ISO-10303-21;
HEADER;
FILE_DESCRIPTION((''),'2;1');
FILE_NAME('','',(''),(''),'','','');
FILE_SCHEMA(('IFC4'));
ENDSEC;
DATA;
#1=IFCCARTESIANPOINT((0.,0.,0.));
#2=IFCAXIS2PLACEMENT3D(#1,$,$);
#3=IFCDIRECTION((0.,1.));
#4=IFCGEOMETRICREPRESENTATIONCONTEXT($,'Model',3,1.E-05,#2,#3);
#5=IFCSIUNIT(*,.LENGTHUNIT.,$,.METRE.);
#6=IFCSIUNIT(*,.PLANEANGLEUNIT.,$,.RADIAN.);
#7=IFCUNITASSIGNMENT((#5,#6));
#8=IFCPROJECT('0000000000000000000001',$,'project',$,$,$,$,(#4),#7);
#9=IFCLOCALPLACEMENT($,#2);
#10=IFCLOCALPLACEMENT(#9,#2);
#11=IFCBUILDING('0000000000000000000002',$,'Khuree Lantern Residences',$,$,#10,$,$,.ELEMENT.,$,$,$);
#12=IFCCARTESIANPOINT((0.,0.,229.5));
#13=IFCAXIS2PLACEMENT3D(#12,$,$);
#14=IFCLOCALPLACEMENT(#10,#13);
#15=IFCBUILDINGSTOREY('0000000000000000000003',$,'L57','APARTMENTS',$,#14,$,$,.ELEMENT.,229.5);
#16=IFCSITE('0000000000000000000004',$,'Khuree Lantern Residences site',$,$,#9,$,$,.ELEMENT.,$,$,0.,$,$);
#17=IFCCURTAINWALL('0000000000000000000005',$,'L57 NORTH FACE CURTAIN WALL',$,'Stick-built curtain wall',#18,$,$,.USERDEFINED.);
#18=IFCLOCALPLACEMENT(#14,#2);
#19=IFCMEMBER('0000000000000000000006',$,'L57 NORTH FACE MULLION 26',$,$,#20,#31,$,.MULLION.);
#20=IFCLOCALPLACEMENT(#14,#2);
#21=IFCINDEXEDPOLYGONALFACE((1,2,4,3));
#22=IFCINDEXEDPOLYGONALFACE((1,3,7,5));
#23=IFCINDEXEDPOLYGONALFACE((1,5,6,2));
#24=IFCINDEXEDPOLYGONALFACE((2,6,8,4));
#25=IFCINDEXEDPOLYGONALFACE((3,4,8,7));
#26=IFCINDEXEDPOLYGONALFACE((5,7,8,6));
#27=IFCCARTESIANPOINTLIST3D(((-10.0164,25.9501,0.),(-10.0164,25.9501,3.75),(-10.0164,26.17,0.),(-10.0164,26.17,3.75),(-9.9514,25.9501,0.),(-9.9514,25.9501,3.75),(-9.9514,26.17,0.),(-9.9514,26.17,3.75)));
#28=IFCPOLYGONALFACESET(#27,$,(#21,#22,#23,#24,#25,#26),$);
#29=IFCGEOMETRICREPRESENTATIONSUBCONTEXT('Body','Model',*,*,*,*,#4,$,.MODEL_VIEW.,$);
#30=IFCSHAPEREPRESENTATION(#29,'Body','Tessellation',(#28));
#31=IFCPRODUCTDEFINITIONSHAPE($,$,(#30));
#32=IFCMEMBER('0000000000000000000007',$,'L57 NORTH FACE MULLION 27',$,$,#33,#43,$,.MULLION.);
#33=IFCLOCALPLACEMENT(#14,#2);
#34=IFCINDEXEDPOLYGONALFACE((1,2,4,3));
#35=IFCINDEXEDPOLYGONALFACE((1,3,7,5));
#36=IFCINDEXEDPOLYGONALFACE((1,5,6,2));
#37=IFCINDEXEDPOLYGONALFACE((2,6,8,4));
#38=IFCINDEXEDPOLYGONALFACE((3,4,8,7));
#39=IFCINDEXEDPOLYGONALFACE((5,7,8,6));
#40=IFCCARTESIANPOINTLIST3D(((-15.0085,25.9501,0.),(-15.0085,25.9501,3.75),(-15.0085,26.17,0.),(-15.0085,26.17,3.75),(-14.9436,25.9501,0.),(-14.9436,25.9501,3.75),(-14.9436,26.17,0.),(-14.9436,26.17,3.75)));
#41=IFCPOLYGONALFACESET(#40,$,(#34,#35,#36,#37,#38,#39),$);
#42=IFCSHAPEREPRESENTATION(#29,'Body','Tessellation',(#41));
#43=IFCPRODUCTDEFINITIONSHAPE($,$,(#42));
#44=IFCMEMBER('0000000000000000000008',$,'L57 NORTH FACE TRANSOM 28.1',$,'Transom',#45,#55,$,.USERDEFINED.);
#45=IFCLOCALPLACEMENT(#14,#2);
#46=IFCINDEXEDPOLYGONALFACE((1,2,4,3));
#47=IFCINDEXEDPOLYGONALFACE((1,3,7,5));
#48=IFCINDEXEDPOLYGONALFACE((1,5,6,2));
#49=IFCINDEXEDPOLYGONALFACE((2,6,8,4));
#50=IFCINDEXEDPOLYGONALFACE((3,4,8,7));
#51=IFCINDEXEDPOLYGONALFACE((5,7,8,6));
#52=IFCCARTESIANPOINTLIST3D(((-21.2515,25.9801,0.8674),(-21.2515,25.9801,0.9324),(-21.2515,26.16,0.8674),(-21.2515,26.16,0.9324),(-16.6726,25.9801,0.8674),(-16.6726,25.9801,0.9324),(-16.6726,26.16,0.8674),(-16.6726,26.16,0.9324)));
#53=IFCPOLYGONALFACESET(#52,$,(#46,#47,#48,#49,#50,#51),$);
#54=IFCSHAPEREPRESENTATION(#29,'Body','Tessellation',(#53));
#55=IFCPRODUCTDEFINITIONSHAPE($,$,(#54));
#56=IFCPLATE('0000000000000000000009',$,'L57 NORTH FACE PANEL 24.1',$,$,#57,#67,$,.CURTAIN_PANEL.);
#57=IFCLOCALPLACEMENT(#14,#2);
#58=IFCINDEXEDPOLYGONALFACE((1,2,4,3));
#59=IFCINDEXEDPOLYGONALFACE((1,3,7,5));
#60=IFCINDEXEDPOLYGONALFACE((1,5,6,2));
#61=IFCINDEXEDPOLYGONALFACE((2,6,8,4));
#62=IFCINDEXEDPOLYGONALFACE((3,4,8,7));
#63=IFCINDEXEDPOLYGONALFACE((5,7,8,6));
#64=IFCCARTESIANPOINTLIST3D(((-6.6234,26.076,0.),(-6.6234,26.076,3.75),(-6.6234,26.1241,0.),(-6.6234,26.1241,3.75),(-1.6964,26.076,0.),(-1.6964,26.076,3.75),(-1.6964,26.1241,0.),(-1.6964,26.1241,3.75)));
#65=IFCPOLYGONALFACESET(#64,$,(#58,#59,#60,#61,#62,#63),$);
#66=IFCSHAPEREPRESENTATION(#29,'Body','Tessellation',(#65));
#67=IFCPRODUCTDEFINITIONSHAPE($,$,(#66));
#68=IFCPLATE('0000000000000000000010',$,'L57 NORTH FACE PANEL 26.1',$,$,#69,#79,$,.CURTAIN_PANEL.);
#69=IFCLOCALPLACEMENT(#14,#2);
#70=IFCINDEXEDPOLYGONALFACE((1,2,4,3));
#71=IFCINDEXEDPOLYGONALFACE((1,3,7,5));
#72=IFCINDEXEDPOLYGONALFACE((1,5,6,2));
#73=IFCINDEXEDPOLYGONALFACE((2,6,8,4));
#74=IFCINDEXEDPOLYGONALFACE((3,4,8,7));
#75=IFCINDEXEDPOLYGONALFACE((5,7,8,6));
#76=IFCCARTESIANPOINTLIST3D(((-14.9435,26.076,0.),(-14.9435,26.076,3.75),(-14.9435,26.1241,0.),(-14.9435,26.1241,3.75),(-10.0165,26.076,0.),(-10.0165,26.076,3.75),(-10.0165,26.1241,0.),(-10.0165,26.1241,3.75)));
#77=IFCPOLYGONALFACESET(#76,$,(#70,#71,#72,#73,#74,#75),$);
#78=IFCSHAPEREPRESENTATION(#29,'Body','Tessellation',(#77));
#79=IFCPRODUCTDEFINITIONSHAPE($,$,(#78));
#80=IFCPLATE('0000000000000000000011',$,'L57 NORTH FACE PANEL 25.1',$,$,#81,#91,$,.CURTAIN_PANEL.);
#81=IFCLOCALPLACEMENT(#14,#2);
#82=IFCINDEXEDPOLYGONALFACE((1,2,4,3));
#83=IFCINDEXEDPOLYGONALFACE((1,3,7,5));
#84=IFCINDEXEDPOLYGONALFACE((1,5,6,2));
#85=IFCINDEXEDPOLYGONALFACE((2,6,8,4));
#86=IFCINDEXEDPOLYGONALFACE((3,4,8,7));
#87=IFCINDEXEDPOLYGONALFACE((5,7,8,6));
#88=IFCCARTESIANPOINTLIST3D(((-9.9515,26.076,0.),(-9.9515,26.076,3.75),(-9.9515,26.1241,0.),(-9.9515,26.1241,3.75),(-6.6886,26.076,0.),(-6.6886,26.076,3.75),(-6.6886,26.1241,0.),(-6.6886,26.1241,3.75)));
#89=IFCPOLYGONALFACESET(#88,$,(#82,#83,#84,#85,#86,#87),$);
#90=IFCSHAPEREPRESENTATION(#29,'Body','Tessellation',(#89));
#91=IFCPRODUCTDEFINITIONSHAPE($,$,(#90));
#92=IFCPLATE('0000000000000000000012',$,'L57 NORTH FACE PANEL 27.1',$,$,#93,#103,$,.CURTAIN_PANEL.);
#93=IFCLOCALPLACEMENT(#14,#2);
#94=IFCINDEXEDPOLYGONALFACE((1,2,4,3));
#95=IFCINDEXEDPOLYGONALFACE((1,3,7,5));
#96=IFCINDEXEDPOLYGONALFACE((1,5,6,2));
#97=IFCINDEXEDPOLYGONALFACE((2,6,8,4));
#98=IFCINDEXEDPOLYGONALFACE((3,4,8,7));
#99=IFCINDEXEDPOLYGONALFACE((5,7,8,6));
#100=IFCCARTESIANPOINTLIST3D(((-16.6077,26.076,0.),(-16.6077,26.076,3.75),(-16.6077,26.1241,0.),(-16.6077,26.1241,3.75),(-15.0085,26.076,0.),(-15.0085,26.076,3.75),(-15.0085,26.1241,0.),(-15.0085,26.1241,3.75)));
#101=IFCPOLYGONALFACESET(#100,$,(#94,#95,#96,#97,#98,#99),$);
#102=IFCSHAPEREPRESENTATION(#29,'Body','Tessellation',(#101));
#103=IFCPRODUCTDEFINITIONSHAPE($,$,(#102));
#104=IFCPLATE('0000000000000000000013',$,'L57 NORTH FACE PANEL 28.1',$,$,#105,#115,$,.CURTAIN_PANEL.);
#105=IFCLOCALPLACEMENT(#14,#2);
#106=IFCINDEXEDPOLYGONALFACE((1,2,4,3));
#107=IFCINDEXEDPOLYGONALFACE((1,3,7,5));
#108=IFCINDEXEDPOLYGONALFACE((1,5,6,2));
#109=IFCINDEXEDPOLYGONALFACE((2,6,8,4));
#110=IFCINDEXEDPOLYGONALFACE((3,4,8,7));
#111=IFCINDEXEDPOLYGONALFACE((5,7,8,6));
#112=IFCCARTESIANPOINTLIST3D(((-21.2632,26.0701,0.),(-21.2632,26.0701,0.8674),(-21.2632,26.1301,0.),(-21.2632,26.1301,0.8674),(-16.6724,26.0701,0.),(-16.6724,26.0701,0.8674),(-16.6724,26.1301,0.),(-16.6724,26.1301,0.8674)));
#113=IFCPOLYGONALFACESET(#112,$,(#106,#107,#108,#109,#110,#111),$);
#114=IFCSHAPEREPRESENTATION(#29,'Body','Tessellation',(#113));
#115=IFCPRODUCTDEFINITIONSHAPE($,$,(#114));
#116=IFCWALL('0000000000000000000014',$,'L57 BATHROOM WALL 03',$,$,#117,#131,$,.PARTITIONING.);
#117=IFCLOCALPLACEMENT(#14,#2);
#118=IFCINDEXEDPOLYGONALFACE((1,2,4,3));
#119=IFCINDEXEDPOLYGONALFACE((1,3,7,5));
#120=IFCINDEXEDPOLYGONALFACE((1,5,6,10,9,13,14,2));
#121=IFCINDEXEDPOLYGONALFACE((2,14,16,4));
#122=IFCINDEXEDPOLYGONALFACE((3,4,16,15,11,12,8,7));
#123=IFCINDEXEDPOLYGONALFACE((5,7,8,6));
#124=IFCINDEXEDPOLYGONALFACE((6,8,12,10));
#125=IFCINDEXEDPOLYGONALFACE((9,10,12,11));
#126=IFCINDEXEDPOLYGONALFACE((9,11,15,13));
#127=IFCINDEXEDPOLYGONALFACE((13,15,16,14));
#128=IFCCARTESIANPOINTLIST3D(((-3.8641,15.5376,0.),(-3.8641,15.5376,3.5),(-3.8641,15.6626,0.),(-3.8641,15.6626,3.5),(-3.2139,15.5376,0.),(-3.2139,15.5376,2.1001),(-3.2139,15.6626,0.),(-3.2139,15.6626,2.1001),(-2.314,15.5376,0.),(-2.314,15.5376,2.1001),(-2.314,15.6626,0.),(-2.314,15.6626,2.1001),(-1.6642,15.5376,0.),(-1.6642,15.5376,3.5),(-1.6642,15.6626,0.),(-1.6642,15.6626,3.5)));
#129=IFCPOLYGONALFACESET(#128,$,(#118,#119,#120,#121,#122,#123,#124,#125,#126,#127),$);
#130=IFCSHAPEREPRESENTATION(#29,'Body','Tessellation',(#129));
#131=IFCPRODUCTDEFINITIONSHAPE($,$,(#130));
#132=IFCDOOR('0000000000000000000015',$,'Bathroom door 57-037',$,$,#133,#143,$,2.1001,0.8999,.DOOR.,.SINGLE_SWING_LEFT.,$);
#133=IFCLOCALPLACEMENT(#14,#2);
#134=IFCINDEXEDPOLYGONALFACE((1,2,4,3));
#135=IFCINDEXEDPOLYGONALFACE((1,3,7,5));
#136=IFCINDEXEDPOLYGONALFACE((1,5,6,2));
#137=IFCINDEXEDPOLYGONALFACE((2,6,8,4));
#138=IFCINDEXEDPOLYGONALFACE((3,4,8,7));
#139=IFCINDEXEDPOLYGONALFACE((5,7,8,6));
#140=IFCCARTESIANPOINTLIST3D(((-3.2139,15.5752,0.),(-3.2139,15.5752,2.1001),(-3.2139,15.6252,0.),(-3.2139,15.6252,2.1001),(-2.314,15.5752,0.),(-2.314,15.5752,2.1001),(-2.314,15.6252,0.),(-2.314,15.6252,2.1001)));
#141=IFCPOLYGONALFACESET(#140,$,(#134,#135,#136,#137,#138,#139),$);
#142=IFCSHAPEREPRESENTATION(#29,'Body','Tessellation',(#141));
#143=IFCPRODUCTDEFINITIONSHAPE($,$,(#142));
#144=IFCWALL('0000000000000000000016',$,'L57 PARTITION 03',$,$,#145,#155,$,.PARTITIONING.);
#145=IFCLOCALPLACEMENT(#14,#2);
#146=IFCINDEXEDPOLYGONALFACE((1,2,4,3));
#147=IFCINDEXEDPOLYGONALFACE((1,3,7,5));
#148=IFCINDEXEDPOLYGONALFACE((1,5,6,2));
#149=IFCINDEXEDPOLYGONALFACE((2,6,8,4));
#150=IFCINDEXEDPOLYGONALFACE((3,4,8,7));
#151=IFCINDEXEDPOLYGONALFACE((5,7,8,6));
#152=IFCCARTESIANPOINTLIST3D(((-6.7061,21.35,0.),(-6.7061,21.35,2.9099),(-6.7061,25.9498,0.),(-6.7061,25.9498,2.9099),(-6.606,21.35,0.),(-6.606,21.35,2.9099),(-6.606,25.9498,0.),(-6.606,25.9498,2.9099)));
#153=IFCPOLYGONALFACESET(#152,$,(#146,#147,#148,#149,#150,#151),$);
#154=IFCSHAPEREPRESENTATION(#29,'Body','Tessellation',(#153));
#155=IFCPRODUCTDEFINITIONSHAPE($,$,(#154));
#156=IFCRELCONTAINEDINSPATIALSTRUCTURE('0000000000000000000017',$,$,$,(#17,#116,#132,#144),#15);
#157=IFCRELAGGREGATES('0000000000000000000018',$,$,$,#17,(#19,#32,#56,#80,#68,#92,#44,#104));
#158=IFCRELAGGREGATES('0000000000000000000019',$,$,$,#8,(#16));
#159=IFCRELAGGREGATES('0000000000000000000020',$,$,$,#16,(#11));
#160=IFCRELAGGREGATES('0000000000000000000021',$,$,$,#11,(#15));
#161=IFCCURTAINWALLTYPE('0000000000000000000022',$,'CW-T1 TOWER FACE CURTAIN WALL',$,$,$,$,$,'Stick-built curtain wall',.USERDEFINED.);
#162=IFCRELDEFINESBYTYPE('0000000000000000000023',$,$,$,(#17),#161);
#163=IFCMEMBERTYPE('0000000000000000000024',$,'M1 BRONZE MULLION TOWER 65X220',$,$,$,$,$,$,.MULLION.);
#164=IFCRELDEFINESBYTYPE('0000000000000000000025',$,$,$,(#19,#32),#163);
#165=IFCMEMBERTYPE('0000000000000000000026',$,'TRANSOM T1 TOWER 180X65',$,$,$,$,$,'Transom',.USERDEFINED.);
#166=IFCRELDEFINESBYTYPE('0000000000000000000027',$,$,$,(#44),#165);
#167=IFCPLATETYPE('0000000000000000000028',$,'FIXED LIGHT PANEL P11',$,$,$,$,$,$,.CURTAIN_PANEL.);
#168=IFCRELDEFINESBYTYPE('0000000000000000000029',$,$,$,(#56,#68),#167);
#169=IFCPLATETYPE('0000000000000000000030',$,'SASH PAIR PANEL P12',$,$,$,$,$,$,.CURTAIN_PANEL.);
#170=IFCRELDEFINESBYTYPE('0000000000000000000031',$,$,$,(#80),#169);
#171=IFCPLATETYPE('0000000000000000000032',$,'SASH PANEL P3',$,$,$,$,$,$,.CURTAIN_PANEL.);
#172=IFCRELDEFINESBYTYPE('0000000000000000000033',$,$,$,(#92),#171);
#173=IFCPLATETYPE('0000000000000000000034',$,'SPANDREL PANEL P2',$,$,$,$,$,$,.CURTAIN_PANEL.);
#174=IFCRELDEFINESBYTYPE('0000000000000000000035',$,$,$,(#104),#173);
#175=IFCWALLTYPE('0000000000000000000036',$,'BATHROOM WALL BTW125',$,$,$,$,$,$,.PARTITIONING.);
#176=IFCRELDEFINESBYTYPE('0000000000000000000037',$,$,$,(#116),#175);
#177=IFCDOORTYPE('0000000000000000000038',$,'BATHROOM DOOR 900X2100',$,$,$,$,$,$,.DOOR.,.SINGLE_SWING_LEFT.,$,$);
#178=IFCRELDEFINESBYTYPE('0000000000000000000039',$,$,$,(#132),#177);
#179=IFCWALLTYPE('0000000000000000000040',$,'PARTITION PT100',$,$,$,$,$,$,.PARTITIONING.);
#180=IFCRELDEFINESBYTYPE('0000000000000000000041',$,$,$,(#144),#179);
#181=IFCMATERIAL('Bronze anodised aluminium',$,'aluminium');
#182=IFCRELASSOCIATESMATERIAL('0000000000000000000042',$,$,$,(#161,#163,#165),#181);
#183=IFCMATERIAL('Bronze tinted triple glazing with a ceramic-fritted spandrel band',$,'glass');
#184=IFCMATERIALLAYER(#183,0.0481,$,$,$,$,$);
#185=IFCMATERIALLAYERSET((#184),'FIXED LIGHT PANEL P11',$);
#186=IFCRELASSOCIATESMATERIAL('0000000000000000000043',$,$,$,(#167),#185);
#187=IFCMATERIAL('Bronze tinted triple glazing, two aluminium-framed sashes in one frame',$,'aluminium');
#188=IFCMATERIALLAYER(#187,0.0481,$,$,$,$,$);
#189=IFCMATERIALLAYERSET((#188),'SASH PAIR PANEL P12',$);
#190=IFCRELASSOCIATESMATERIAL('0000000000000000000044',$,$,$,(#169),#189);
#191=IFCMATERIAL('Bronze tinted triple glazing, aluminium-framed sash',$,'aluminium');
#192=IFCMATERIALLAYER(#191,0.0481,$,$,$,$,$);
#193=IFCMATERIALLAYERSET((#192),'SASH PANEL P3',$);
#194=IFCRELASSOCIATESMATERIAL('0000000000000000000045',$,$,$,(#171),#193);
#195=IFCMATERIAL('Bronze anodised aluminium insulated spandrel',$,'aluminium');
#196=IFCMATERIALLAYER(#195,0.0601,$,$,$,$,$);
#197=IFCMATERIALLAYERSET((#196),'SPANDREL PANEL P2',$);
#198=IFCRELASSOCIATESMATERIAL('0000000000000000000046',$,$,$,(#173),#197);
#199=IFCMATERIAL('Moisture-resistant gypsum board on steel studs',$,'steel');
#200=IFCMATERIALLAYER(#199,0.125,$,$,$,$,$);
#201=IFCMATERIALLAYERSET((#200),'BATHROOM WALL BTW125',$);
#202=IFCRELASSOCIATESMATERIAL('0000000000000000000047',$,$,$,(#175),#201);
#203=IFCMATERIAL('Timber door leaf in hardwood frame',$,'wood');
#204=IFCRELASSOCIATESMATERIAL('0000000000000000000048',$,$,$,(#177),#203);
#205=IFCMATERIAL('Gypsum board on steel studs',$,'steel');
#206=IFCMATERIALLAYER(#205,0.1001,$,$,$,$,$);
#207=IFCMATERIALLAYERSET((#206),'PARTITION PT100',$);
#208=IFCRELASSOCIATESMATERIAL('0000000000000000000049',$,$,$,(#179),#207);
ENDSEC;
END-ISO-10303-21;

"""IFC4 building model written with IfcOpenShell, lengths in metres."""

from ifc_helpers import new_model, si_unit, direction, frame, frame_2d, origin, origin_2d, place, context, subcontext, project, spatial, rectangle, extrude, material, layer, layer_set, material_profile, profile_set, type_object, element, fill, aggregate, save


model = new_model("IFC4")

# Units and contexts
model_context = context("Model", 3, precision=1e-05, world=origin(), true_north=direction((0.0, 1.0)))
body_context = subcontext(model_context, "Body", "Model", "MODEL_VIEW")
ifc_project = project(units=[si_unit("LENGTHUNIT", "METRE"), si_unit("PLANEANGLEUNIT", "RADIAN")], contexts=[model_context])

# Site, building, storey
site_placement = place(None, origin())
site = spatial("IfcSite", under=ifc_project, at=site_placement, Name="Khuree Lantern Residences site", CompositionType="ELEMENT", RefElevation=0.0)
building_placement = place(site_placement, origin())
building = spatial("IfcBuilding", under=site, at=building_placement, Name="Khuree Lantern Residences", CompositionType="ELEMENT")
storey_placement = place(building_placement, frame((0.0, 0.0, 229.5)))
storey = spatial("IfcBuildingStorey", under=building, at=storey_placement, Name="L57", Description="APARTMENTS", CompositionType="ELEMENT", Elevation=229.5)

# Curtain wall
ifc_material_1 = material(Name="Bronze anodised aluminium", Category="aluminium")
curtain_wall_type = type_object("IfcCurtainWallType", Name="CW-T1 TOWER FACE CURTAIN WALL", ElementType="Stick-built curtain wall", PredefinedType="USERDEFINED", material=ifc_material_1)
curtain_wall_placement = place(storey_placement, origin())
curtain_wall = element("IfcCurtainWall", 1, at=curtain_wall_placement, inside=storey, type_object=curtain_wall_type, Name="L57 NORTH FACE CURTAIN WALL", ObjectType="Stick-built curtain wall", PredefinedType="USERDEFINED")

# Members
ifc_material_profile_1 = material_profile(ifc_material_1, rectangle(XDim=0.0649, YDim=0.22, at=origin_2d()), Name="M1 65X220")
ifc_profile_set_1 = profile_set([ifc_material_profile_1], Name="Bronze anodised aluminium")
member_type_1 = type_object("IfcMemberType", Name="M1 BRONZE MULLION TOWER 65X220", PredefinedType="MULLION", material=ifc_profile_set_1)
member_1_placement = place(storey_placement, frame((-9.9839, 26.0601, 0.0), z_axis=(0.0, 0.0, 1.0), x_axis=(-1.0, 0.0, 0.0)))
member_1 = element("IfcMember", 2, at=member_1_placement, type_object=member_type_1, Name="L57 NORTH FACE MULLION 26", PredefinedType="MULLION", context=body_context, shape_type="SweptSolid", body=[
    extrude(rectangle(XDim=0.0649, YDim=0.22, at=origin_2d()), origin(), (0.0, 0.0, 1.0), 3.75),
])
member_2_placement = place(storey_placement, frame((-14.9761, 26.0601, 0.0), z_axis=(0.0, 0.0, 1.0), x_axis=(-1.0, 0.0, 0.0)))
member_2 = element("IfcMember", 3, at=member_2_placement, type_object=member_type_1, Name="L57 NORTH FACE MULLION 27", PredefinedType="MULLION", context=body_context, shape_type="SweptSolid", body=[
    extrude(rectangle(XDim=0.0649, YDim=0.22, at=origin_2d()), origin(), (0.0, 0.0, 1.0), 3.75),
])
ifc_material_profile_2 = material_profile(ifc_material_1, rectangle(XDim=0.1799, YDim=0.0649, at=origin_2d()), Name="T1 180X65")
ifc_profile_set_2 = profile_set([ifc_material_profile_2], Name="Bronze anodised aluminium")
member_type_2 = type_object("IfcMemberType", Name="TRANSOM T1 TOWER 180X65", ElementType="Transom", PredefinedType="USERDEFINED", material=ifc_profile_set_2)
member_3_placement = place(storey_placement, frame((-16.6726, 26.0701, 0.8999), z_axis=(-1.0, 0.0, 0.0), x_axis=(0.0, -1.0, 0.0)))
member_3 = element("IfcMember", 4, at=member_3_placement, type_object=member_type_2, Name="L57 NORTH FACE TRANSOM 28.1", ObjectType="Transom", PredefinedType="USERDEFINED", context=body_context, shape_type="SweptSolid", body=[
    extrude(rectangle(XDim=0.1799, YDim=0.0649, at=origin_2d()), origin(), (0.0, 0.0, 1.0), 4.5789),
])

# Plates
ifc_material_2 = material(Name="Bronze tinted triple glazing with a ceramic-fritted spandrel band", Category="glass")
ifc_layer_1 = layer(ifc_material_2, 0.0481)
ifc_layer_set_1 = layer_set([ifc_layer_1], Name="FIXED LIGHT PANEL P11")
plate_type_1 = type_object("IfcPlateType", Name="FIXED LIGHT PANEL P11", PredefinedType="CURTAIN_PANEL", material=ifc_layer_set_1)
plate_1_placement = place(storey_placement, frame((-4.1599, 26.1001, 0.0), z_axis=(0.0, 0.0, 1.0), x_axis=(-1.0, 0.0, 0.0)))
plate_1 = element("IfcPlate", 5, at=plate_1_placement, type_object=plate_type_1, Name="L57 NORTH FACE PANEL 24.1", PredefinedType="CURTAIN_PANEL", context=body_context, shape_type="SweptSolid", body=[
    extrude(rectangle(XDim=4.927, YDim=0.0481, at=origin_2d()), origin(), (0.0, 0.0, 1.0), 3.75),
])
plate_2_placement = place(storey_placement, frame((-12.48, 26.1001, 0.0), z_axis=(0.0, 0.0, 1.0), x_axis=(-1.0, 0.0, 0.0)))
plate_2 = element("IfcPlate", 6, at=plate_2_placement, type_object=plate_type_1, Name="L57 NORTH FACE PANEL 26.1", PredefinedType="CURTAIN_PANEL", context=body_context, shape_type="SweptSolid", body=[
    extrude(rectangle(XDim=4.927, YDim=0.0481, at=origin_2d()), origin(), (0.0, 0.0, 1.0), 3.75),
])
ifc_material_3 = material(Name="Bronze tinted triple glazing, two aluminium-framed sashes in one frame", Category="aluminium")
ifc_layer_2 = layer(ifc_material_3, 0.0481)
ifc_layer_set_2 = layer_set([ifc_layer_2], Name="SASH PAIR PANEL P12")
plate_type_2 = type_object("IfcPlateType", Name="SASH PAIR PANEL P12", PredefinedType="CURTAIN_PANEL", material=ifc_layer_set_2)
plate_3_placement = place(storey_placement, frame((-8.3201, 26.1001, 0.0), z_axis=(0.0, 0.0, 1.0), x_axis=(-1.0, 0.0, 0.0)))
plate_3 = element("IfcPlate", 7, at=plate_3_placement, type_object=plate_type_2, Name="L57 NORTH FACE PANEL 25.1", PredefinedType="CURTAIN_PANEL", context=body_context, shape_type="SweptSolid", body=[
    extrude(rectangle(XDim=3.2629, YDim=0.0481, at=origin_2d()), origin(), (0.0, 0.0, 1.0), 3.75),
])
ifc_material_4 = material(Name="Bronze tinted triple glazing, aluminium-framed sash", Category="aluminium")
ifc_layer_3 = layer(ifc_material_4, 0.0481)
ifc_layer_set_3 = layer_set([ifc_layer_3], Name="SASH PANEL P3")
plate_type_3 = type_object("IfcPlateType", Name="SASH PANEL P3", PredefinedType="CURTAIN_PANEL", material=ifc_layer_set_3)
plate_4_placement = place(storey_placement, frame((-15.8081, 26.1001, 0.0), z_axis=(0.0, 0.0, 1.0), x_axis=(-1.0, 0.0, 0.0)))
plate_4 = element("IfcPlate", 8, at=plate_4_placement, type_object=plate_type_3, Name="L57 NORTH FACE PANEL 27.1", PredefinedType="CURTAIN_PANEL", context=body_context, shape_type="SweptSolid", body=[
    extrude(rectangle(XDim=1.5991, YDim=0.0481, at=origin_2d()), origin(), (0.0, 0.0, 1.0), 3.75),
])
ifc_material_5 = material(Name="Bronze anodised aluminium insulated spandrel", Category="aluminium")
ifc_layer_4 = layer(ifc_material_5, 0.0601)
ifc_layer_set_4 = layer_set([ifc_layer_4], Name="SPANDREL PANEL P2")
plate_type_4 = type_object("IfcPlateType", Name="SPANDREL PANEL P2", PredefinedType="CURTAIN_PANEL", material=ifc_layer_set_4)
plate_5_placement = place(storey_placement, frame((-18.9678, 26.1001, 0.0), z_axis=(0.0, 0.0, 1.0), x_axis=(-1.0, 0.0, 0.0)))
plate_5 = element("IfcPlate", 9, at=plate_5_placement, type_object=plate_type_4, Name="L57 NORTH FACE PANEL 28.1", PredefinedType="CURTAIN_PANEL", context=body_context, shape_type="SweptSolid", body=[
    extrude(rectangle(XDim=4.5908, YDim=0.0601, at=origin_2d()), origin(), (0.0, 0.0, 1.0), 0.8674),
])
aggregate(curtain_wall, [member_1, member_2, plate_1, plate_3, plate_2, plate_4, member_3, plate_5])

# Wall, opening, door
ifc_material_6 = material(Name="Moisture-resistant gypsum board on steel studs", Category="steel")
ifc_layer_5 = layer(ifc_material_6, 0.125)
ifc_layer_set_5 = layer_set([ifc_layer_5], Name="BATHROOM WALL BTW125")
wall_type_1 = type_object("IfcWallType", Name="BATHROOM WALL BTW125", PredefinedType="PARTITIONING", material=ifc_layer_set_5)
wall_1_placement = place(storey_placement, frame((-1.6641, 15.6001, 0.0), z_axis=(0.0, 0.0, 1.0), x_axis=(-1.0, 0.0, 0.0)))
wall_1 = element("IfcWall", 10, at=wall_1_placement, inside=storey, type_object=wall_type_1, Name="L57 BATHROOM WALL 03", PredefinedType="PARTITIONING", context=body_context, shape_type="SweptSolid", body=[
    extrude(rectangle(XDim=2.2, YDim=0.125, at=frame_2d((1.1001, 0.0))), origin(), (0.0, 0.0, 1.0), 3.5),
])
opening_1_placement = place(wall_1_placement, frame((0.6499, 0.0, 0.0)))
opening_1 = element("IfcOpeningElement", 11, at=opening_1_placement, cuts=wall_1, PredefinedType="OPENING", context=body_context, shape_type="SweptSolid", body=[
    extrude(rectangle(XDim=0.8999, YDim=2.1001, at=frame_2d((0.45, 1.05))), frame((0.0, 0.0725, 0.0), z_axis=(0.0, -1.0, 0.0), x_axis=(1.0, 0.0, 0.0)), (0.0, 0.0, 1.0), 0.145),
])
ifc_material_7 = material(Name="Timber door leaf in hardwood frame", Category="wood")
door_type_1 = type_object("IfcDoorType", Name="BATHROOM DOOR 900X2100", OperationType="SINGLE_SWING_LEFT", PredefinedType="DOOR", material=ifc_material_7)
door_1_placement = place(opening_1_placement, origin())
door_1 = element("IfcDoor", 12, at=door_1_placement, inside=storey, type_object=door_type_1, Name="Bathroom door 57-037", OperationType="SINGLE_SWING_LEFT", OverallHeight=2.1001, OverallWidth=0.8999, PredefinedType="DOOR", context=body_context, shape_type="SweptSolid", body=[
    extrude(rectangle(XDim=0.8999, YDim=2.1001, at=frame_2d((0.45, 1.05))), frame((0.0, 0.0249, 0.0), z_axis=(0.0, -1.0, 0.0), x_axis=(1.0, 0.0, 0.0)), (0.0, 0.0, 1.0), 0.05),
])
fill(opening_1, door_1)

# Wall
ifc_material_8 = material(Name="Gypsum board on steel studs", Category="steel")
ifc_layer_6 = layer(ifc_material_8, 0.1001)
ifc_layer_set_6 = layer_set([ifc_layer_6], Name="PARTITION PT100")
wall_type_2 = type_object("IfcWallType", Name="PARTITION PT100", PredefinedType="PARTITIONING", material=ifc_layer_set_6)
wall_2_placement = place(storey_placement, frame((-6.656, 21.3501, 0.0), z_axis=(0.0, 0.0, 1.0), x_axis=(0.0, 1.0, 0.0)))
element("IfcWall", 13, at=wall_2_placement, inside=storey, type_object=wall_type_2, Name="L57 PARTITION 03", PredefinedType="PARTITIONING", context=body_context, shape_type="SweptSolid", body=[
    extrude(rectangle(XDim=4.5999, YDim=0.1001, at=frame_2d((2.2998, 0.0))), origin(), (0.0, 0.0, 1.0), 2.9099),
])

save(model, "model.ifc")
